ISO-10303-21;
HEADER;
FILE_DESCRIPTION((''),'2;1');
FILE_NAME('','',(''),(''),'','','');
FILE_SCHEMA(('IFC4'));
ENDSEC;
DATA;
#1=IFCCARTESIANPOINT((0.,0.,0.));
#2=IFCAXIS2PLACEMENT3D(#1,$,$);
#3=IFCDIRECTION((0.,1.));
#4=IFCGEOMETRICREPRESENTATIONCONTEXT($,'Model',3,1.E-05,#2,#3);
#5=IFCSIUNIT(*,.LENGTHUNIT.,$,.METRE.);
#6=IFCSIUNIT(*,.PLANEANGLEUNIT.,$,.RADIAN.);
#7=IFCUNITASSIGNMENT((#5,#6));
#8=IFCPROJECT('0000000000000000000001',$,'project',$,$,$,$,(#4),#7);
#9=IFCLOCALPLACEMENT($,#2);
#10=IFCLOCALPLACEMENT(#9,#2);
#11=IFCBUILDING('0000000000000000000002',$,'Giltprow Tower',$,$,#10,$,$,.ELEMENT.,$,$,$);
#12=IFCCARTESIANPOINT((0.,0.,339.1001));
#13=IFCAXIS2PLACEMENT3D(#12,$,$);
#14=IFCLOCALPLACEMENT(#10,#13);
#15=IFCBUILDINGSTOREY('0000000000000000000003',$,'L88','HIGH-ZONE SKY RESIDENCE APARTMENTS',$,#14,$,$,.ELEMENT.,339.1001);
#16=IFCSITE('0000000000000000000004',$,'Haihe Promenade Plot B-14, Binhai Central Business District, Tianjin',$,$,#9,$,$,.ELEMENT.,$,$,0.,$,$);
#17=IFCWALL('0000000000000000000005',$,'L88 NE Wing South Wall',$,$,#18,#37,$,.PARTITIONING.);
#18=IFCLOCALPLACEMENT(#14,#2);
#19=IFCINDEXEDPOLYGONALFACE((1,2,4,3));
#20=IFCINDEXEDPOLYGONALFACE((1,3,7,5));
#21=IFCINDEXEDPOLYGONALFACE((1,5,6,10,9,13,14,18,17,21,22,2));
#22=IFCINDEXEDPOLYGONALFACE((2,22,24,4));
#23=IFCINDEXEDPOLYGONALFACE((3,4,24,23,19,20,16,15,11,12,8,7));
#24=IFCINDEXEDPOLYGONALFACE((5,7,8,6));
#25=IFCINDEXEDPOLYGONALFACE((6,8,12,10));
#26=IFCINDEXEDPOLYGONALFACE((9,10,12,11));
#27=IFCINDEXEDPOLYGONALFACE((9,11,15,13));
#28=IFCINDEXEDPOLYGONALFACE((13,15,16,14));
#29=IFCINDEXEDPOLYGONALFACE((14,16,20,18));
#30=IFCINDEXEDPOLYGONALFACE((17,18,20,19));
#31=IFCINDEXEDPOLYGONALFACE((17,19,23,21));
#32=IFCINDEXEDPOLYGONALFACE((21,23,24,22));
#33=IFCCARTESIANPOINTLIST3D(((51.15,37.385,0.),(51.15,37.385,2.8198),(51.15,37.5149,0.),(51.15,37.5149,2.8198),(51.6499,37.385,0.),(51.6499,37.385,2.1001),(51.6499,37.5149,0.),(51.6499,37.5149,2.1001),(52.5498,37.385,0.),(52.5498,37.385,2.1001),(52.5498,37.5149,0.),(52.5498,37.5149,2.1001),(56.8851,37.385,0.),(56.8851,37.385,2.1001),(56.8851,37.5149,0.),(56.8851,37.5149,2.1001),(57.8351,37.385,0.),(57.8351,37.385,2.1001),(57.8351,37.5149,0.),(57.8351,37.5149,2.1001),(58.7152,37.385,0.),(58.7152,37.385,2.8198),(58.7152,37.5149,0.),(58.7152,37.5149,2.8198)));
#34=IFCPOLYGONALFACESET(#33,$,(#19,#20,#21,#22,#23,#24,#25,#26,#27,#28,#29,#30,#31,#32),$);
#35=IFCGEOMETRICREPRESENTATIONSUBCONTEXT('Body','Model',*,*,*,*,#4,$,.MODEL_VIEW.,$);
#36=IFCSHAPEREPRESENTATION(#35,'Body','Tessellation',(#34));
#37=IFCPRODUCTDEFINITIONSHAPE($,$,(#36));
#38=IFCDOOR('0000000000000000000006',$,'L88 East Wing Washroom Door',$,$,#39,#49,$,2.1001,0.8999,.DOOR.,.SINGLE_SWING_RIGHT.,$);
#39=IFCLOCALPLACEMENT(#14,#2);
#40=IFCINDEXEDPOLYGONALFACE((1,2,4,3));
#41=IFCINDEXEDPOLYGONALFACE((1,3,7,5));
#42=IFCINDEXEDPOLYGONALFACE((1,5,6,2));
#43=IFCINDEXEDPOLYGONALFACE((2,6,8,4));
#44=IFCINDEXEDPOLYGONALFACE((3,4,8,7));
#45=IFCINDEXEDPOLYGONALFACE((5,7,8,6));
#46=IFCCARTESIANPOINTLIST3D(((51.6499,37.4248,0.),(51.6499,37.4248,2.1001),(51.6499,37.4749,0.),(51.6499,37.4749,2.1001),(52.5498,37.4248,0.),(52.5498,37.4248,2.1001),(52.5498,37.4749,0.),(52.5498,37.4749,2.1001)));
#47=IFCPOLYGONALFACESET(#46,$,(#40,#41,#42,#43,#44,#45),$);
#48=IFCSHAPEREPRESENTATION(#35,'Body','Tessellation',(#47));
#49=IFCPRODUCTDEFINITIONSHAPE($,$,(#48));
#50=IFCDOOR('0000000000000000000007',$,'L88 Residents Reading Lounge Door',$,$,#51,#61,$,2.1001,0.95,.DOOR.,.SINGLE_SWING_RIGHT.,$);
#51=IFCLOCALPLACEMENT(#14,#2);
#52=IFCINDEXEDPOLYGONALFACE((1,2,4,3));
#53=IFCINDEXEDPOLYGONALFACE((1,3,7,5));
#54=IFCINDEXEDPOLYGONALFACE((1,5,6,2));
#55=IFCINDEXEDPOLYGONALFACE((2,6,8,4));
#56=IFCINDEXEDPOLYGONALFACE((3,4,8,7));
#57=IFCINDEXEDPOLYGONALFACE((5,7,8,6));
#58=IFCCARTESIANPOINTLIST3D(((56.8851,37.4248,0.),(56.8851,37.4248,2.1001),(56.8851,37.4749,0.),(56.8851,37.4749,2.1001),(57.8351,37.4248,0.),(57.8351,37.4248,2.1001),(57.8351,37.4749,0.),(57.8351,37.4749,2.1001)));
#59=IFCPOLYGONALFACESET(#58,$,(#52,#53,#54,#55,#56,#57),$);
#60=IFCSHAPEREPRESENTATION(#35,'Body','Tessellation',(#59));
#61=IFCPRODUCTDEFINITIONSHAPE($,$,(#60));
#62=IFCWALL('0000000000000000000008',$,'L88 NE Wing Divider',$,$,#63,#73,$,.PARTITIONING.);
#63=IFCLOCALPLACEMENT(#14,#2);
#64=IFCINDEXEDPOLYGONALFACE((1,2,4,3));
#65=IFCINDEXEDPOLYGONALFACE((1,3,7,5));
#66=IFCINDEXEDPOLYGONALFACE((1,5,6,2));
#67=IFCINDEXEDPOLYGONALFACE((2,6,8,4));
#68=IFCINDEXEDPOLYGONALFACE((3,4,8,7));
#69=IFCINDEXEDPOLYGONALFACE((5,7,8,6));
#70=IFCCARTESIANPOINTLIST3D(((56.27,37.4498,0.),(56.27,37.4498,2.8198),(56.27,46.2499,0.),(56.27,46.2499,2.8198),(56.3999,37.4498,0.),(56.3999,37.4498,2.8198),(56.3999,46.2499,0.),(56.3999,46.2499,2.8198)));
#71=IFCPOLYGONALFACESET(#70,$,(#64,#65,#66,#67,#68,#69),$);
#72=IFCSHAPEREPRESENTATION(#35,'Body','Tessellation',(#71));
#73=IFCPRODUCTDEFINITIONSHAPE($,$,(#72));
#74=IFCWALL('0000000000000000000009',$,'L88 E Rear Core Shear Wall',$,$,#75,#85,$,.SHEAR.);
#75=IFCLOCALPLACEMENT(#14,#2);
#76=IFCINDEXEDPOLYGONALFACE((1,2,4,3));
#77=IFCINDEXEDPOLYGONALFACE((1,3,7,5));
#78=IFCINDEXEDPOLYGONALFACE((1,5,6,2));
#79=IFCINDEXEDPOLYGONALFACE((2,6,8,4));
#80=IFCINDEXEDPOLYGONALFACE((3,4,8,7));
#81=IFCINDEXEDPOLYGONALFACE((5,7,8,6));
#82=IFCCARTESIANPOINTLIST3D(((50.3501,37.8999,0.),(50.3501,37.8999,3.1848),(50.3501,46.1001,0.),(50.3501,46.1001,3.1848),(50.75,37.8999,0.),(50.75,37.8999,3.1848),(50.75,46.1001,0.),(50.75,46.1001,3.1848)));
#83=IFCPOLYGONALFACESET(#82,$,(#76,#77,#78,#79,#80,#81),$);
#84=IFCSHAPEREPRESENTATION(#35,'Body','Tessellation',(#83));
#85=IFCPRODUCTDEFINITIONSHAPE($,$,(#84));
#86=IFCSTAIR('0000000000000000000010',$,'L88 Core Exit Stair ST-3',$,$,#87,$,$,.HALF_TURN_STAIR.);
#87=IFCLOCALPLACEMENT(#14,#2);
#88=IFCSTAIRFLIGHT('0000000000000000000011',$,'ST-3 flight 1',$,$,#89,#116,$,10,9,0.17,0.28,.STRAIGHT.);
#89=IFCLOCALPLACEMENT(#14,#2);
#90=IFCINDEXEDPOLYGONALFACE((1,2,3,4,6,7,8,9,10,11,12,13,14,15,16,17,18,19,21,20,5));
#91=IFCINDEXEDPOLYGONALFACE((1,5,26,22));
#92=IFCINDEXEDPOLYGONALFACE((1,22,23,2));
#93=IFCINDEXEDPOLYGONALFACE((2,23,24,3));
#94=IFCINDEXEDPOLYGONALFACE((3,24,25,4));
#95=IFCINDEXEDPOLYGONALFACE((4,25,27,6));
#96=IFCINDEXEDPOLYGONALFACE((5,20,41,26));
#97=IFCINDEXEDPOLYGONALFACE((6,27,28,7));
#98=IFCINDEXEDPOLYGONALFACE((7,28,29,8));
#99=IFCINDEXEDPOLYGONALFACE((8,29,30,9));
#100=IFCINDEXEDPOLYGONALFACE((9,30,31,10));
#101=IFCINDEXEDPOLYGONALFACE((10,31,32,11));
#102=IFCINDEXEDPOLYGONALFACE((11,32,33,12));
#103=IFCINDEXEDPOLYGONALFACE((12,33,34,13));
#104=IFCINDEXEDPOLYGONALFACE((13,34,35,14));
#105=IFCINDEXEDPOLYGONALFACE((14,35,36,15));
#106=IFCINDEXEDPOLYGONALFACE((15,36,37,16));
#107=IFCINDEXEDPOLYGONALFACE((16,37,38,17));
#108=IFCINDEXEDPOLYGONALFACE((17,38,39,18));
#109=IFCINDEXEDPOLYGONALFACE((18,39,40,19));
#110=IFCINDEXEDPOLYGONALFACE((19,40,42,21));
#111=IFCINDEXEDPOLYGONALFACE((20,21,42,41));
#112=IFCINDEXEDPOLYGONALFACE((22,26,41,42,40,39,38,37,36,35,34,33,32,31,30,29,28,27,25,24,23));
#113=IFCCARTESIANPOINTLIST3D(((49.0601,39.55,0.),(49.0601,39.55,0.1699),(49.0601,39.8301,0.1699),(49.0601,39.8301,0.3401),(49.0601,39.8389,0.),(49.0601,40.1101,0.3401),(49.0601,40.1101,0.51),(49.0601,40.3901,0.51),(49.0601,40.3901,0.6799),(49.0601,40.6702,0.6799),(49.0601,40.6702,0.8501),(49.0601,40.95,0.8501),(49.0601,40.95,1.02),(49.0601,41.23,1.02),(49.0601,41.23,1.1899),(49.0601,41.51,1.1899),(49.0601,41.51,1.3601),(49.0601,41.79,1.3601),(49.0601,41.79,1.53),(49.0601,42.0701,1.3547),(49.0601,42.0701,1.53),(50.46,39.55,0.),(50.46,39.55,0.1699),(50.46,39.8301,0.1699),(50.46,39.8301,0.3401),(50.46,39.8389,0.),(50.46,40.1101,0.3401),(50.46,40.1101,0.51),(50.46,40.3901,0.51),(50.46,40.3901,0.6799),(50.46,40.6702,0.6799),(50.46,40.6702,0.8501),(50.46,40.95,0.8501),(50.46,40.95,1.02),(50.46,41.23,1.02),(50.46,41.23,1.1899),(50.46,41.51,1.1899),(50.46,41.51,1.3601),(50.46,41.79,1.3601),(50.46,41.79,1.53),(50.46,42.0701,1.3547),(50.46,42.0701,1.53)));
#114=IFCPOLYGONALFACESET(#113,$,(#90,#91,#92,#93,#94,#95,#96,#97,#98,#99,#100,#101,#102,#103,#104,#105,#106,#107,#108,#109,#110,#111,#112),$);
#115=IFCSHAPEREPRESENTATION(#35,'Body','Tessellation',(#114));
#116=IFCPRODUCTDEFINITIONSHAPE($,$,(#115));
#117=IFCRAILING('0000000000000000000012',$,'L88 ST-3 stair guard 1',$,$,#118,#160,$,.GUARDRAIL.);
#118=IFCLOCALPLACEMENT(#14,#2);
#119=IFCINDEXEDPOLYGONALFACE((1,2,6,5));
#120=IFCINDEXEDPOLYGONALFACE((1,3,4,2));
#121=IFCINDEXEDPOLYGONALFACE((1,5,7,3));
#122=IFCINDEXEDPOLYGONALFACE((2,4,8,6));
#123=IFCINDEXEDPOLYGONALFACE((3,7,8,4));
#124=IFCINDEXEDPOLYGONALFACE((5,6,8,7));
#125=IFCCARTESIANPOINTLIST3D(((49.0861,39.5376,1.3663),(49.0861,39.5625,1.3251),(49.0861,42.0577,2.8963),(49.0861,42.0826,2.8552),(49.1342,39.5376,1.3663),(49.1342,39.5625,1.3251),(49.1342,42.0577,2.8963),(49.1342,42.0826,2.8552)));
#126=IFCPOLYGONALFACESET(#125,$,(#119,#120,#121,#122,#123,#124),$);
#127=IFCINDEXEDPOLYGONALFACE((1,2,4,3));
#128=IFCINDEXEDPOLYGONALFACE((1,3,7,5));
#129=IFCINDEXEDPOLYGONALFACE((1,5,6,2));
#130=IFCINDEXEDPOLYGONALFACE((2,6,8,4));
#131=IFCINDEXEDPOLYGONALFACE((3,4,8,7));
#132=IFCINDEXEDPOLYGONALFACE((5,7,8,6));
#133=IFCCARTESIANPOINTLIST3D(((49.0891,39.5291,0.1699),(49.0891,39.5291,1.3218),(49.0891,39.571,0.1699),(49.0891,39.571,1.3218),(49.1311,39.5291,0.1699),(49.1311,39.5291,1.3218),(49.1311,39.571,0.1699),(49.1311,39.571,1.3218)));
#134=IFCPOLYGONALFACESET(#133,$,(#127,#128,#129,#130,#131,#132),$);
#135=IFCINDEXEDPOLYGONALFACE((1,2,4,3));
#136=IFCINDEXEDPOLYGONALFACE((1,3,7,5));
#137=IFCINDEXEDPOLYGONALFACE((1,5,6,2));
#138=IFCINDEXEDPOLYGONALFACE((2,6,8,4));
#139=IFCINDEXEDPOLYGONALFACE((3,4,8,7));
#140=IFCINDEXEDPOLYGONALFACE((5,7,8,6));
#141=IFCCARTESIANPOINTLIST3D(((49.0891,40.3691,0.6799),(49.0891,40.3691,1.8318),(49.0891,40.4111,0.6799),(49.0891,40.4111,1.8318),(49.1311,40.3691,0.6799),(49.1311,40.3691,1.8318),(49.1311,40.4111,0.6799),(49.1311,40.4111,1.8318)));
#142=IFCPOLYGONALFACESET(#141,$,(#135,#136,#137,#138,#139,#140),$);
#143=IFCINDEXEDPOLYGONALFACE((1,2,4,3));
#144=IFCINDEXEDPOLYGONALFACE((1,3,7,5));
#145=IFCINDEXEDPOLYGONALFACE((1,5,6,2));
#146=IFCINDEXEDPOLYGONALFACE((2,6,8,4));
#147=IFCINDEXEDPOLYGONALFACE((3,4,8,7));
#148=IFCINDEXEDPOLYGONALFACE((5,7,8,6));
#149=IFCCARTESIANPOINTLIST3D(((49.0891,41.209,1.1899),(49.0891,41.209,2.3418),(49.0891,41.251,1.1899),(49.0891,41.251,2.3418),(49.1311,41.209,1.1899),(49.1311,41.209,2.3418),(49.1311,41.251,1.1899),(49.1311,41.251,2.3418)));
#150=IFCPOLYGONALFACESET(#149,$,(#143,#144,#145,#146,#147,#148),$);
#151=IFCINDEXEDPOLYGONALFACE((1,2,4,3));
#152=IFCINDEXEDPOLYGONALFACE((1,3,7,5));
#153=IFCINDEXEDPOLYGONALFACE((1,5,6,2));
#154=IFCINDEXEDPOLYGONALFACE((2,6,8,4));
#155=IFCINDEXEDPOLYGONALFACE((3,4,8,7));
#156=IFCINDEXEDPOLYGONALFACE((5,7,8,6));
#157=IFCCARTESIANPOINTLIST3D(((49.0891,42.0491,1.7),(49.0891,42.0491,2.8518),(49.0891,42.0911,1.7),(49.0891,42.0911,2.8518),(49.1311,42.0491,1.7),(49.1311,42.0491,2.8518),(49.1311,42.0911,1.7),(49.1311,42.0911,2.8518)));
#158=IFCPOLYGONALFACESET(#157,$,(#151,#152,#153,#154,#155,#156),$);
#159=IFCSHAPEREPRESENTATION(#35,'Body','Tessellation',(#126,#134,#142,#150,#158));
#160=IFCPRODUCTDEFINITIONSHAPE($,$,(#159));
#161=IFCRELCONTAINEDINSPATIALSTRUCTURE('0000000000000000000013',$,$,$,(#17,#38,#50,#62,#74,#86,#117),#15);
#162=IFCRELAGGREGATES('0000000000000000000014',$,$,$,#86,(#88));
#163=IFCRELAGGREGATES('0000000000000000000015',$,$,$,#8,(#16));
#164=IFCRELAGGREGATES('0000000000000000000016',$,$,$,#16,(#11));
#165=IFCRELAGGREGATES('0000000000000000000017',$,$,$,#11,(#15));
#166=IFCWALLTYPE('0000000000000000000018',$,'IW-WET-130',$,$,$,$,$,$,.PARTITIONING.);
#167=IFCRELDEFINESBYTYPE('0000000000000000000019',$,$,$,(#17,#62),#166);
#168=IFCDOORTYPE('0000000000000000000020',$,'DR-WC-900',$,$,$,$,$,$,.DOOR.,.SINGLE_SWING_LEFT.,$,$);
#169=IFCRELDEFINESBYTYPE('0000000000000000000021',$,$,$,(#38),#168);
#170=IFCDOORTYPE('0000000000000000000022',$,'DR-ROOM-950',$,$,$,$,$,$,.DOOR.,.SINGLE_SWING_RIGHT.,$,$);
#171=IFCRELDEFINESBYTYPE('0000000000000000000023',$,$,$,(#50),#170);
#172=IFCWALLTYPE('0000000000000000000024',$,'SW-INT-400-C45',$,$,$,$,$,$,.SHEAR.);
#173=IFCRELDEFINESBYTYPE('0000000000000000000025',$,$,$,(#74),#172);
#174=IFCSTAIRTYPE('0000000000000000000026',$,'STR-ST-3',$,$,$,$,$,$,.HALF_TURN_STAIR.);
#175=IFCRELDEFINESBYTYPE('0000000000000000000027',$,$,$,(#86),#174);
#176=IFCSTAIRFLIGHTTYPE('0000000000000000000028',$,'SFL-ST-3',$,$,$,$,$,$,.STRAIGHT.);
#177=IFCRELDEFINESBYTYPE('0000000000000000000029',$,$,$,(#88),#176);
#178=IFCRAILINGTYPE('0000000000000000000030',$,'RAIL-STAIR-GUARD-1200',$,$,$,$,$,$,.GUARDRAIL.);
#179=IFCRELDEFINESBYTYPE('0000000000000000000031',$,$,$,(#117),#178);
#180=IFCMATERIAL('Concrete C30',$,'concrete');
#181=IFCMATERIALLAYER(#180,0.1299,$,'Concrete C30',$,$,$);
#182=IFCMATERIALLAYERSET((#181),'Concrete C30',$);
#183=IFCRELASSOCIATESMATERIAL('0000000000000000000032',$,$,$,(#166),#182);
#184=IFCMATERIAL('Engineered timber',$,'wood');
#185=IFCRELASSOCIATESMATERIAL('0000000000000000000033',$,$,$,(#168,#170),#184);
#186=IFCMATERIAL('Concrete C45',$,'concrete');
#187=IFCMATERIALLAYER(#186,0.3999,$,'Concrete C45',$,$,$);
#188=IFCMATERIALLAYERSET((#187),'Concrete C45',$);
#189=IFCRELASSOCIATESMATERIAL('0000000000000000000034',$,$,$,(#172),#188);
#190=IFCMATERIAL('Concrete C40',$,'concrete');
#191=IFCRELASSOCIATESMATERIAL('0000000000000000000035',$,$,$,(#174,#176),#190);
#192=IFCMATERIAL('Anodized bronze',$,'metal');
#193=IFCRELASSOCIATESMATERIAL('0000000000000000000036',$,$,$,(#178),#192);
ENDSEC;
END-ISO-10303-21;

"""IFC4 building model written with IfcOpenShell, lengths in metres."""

from ifc_helpers import new_model, si_unit, direction, frame, frame_2d, origin, origin_2d, place, context, subcontext, project, spatial, polyline, rectangle, outline, extrude, source, transform, mapped, material, layer, layer_set, type_object, element, fill, aggregate, save


model = new_model("IFC4")

# Units and contexts
model_context = context("Model", 3, precision=1e-05, world=origin(), true_north=direction((0.0, 1.0)))
body_context = subcontext(model_context, "Body", "Model", "MODEL_VIEW")
ifc_project = project(units=[si_unit("LENGTHUNIT", "METRE"), si_unit("PLANEANGLEUNIT", "RADIAN")], contexts=[model_context])

# Site, building, storey
site_placement = place(None, origin())
site = spatial("IfcSite", under=ifc_project, at=site_placement, Name="Haihe Promenade Plot B-14, Binhai Central Business District, Tianjin", CompositionType="ELEMENT", RefElevation=0.0)
building_placement = place(site_placement, origin())
building = spatial("IfcBuilding", under=site, at=building_placement, Name="Giltprow Tower", CompositionType="ELEMENT")
storey_placement = place(building_placement, frame((0.0, 0.0, 339.1001)))
storey = spatial("IfcBuildingStorey", under=building, at=storey_placement, Name="L88", Description="HIGH-ZONE SKY RESIDENCE APARTMENTS", CompositionType="ELEMENT", Elevation=339.1001)

# Shared definitions
ifc_material_1 = material(Name="Concrete C45", Category="concrete")

# Wall, openings, doors
ifc_material_2 = material(Name="Concrete C30", Category="concrete")
ifc_layer_1 = layer(ifc_material_2, 0.1299, Name="Concrete C30")
ifc_layer_set_1 = layer_set([ifc_layer_1], Name="Concrete C30")
wall_type_1 = type_object("IfcWallType", Name="IW-WET-130", PredefinedType="PARTITIONING", material=ifc_layer_set_1)
wall_1_placement = place(storey_placement, frame((51.1499, 37.45, 0.0), z_axis=(0.0, 0.0, 1.0), x_axis=(1.0, 0.0, 0.0)))
wall_1 = element("IfcWall", 1, at=wall_1_placement, inside=storey, type_object=wall_type_1, Name="L88 NE Wing South Wall", PredefinedType="PARTITIONING", context=body_context, shape_type="SweptSolid", body=[
    extrude(rectangle(XDim=7.5652, YDim=0.1299, at=frame_2d((3.7827, 0.0))), origin(), (0.0, 0.0, 1.0), 2.8198),
])
opening_1_placement = place(wall_1_placement, frame((0.5, 0.0, 0.0)))
opening_1 = element("IfcOpeningElement", 2, at=opening_1_placement, cuts=wall_1, PredefinedType="OPENING", context=body_context, shape_type="SweptSolid", body=[
    extrude(rectangle(XDim=0.8999, YDim=2.1001, at=frame_2d((0.45, 1.05))), frame((0.0, 0.075, 0.0), z_axis=(0.0, -1.0, 0.0), x_axis=(1.0, 0.0, 0.0)), (0.0, 0.0, 1.0), 0.1499),
])
opening_2_placement = place(wall_1_placement, frame((5.7351, 0.0, 0.0)))
opening_2 = element("IfcOpeningElement", 3, at=opening_2_placement, cuts=wall_1, PredefinedType="OPENING", context=body_context, shape_type="SweptSolid", body=[
    extrude(rectangle(XDim=0.95, YDim=2.1001, at=frame_2d((0.4751, 1.05))), frame((0.0, 0.075, 0.0), z_axis=(0.0, -1.0, 0.0), x_axis=(1.0, 0.0, 0.0)), (0.0, 0.0, 1.0), 0.1499),
])
ifc_material_3 = material(Name="Engineered timber", Category="wood")
door_type_1 = type_object("IfcDoorType", Name="DR-WC-900", OperationType="SINGLE_SWING_LEFT", PredefinedType="DOOR", material=ifc_material_3)
shared_shape_1 = source(origin(), body_context, "Body", "SweptSolid", [
    extrude(rectangle(XDim=0.8999, YDim=2.1001, at=frame_2d((0.45, 1.05))), frame((0.0, 0.0249, 0.0), z_axis=(0.0, -1.0, 0.0), x_axis=(1.0, 0.0, 0.0)), (0.0, 0.0, 1.0), 0.05),
])
door_1_placement = place(opening_1_placement, origin())
door_1 = element("IfcDoor", 4, at=door_1_placement, inside=storey, type_object=door_type_1, Name="L88 East Wing Washroom Door", OperationType="SINGLE_SWING_RIGHT", OverallHeight=2.1001, OverallWidth=0.8999, PredefinedType="DOOR", context=body_context, shape_type="MappedRepresentation", body=[
    mapped(shared_shape_1, transform((0.0, 0.0, 0.0), x_axis=(1.0, 0.0, 0.0), y_axis=(0.0, 1.0, 0.0), z_axis=(0.0, 0.0, 1.0), scale=1.0)),
])
fill(opening_1, door_1)
door_type_2 = type_object("IfcDoorType", Name="DR-ROOM-950", OperationType="SINGLE_SWING_RIGHT", PredefinedType="DOOR", material=ifc_material_3)
shared_shape_2 = source(origin(), body_context, "Body", "SweptSolid", [
    extrude(rectangle(XDim=0.95, YDim=2.1001, at=frame_2d((0.4751, 1.05))), frame((0.0, 0.0249, 0.0), z_axis=(0.0, -1.0, 0.0), x_axis=(1.0, 0.0, 0.0)), (0.0, 0.0, 1.0), 0.05),
])
door_2_placement = place(opening_2_placement, origin())
door_2 = element("IfcDoor", 5, at=door_2_placement, inside=storey, type_object=door_type_2, Name="L88 Residents Reading Lounge Door", OperationType="SINGLE_SWING_RIGHT", OverallHeight=2.1001, OverallWidth=0.95, PredefinedType="DOOR", context=body_context, shape_type="MappedRepresentation", body=[
    mapped(shared_shape_2, transform((0.0, 0.0, 0.0), x_axis=(1.0, 0.0, 0.0), y_axis=(0.0, 1.0, 0.0), z_axis=(0.0, 0.0, 1.0), scale=1.0)),
])
fill(opening_2, door_2)

# Walls
wall_2_placement = place(storey_placement, frame((56.335, 37.45, 0.0), z_axis=(0.0, 0.0, 1.0), x_axis=(0.0, 1.0, 0.0)))
element("IfcWall", 6, at=wall_2_placement, inside=storey, type_object=wall_type_1, Name="L88 NE Wing Divider", PredefinedType="PARTITIONING", context=body_context, shape_type="SweptSolid", body=[
    extrude(rectangle(XDim=8.8, YDim=0.1299, at=frame_2d((4.3999, 0.0))), origin(), (0.0, 0.0, 1.0), 2.8198),
])
ifc_layer_2 = layer(ifc_material_1, 0.3999, Name="Concrete C45")
ifc_layer_set_2 = layer_set([ifc_layer_2], Name="Concrete C45")
wall_type_2 = type_object("IfcWallType", Name="SW-INT-400-C45", PredefinedType="SHEAR", material=ifc_layer_set_2)
wall_3_placement = place(storey_placement, frame((50.55, 37.8999, 0.0), z_axis=(0.0, 0.0, 1.0), x_axis=(0.0, 1.0, 0.0)))
element("IfcWall", 7, at=wall_3_placement, inside=storey, type_object=wall_type_2, Name="L88 E Rear Core Shear Wall", PredefinedType="SHEAR", context=body_context, shape_type="SweptSolid", body=[
    extrude(rectangle(XDim=8.2002, YDim=0.3999, at=frame_2d((4.1001, 0.0))), origin(), (0.0, 0.0, 1.0), 3.1848),
])

# Stair, stair flight
ifc_material_4 = material(Name="Concrete C40", Category="concrete")
stair_type = type_object("IfcStairType", Name="STR-ST-3", PredefinedType="HALF_TURN_STAIR", material=ifc_material_4)
stair_placement = place(storey_placement, origin())
stair = element("IfcStair", 8, at=stair_placement, inside=storey, type_object=stair_type, Name="L88 Core Exit Stair ST-3", PredefinedType="HALF_TURN_STAIR")
stair_flight_type = type_object("IfcStairFlightType", Name="SFL-ST-3", PredefinedType="STRAIGHT", material=ifc_material_4)
stair_flight_placement = place(storey_placement, frame((49.76, 39.55, 0.0), z_axis=(0.0, 0.0, 1.0), x_axis=(0.0, 1.0, 0.0)))
stair_flight = element("IfcStairFlight", 9, at=stair_flight_placement, type_object=stair_flight_type, Name="ST-3 flight 1", NumberOfRisers=10, NumberOfTreads=9, PredefinedType="STRAIGHT", RiserHeight=0.17, TreadLength=0.28, context=body_context, shape_type="SweptSolid", body=[
    extrude(outline(polyline([(0.0, 0.0), (0.0, 0.1699), (0.28, 0.1699), (0.28, 0.3401), (0.5601, 0.3401), (0.5601, 0.51), (0.8401, 0.51), (0.8401, 0.6799), (1.1201, 0.6799), (1.1201, 0.8501), (1.3999, 0.8501), (1.3999, 1.02), (1.6799, 1.02), (1.6799, 1.1899), (1.96, 1.1899), (1.96, 1.3601), (2.24, 1.3601), (2.24, 1.53), (2.52, 1.53), (2.52, 1.7), (2.52, 1.3547), (0.2888, 0.0), (0.0, 0.0)])), frame((0.0, 0.7, 0.0), z_axis=(0.0, -1.0, 0.0), x_axis=(1.0, 0.0, 0.0)), (0.0, 0.0, 1.0), 1.3999),
])
aggregate(stair, [stair_flight])

# Railing
ifc_material_5 = material(Name="Anodized bronze", Category="metal")
railing_type_1 = type_object("IfcRailingType", Name="RAIL-STAIR-GUARD-1200", PredefinedType="GUARDRAIL", material=ifc_material_5)
railing_1_placement = place(storey_placement, frame((49.1101, 39.55, 0.1699)))
element("IfcRailing", 10, at=railing_1_placement, inside=storey, type_object=railing_type_1, Name="L88 ST-3 stair guard 1", PredefinedType="GUARDRAIL", context=body_context, shape_type="SweptSolid", body=[
    extrude(rectangle(XDim=0.0481, YDim=0.0481, at=origin_2d()), frame((0.0, 0.0, 1.1758), z_axis=(0.0, 0.854785, 0.518982), x_axis=(-1.0, 0.0, 0.0)), (0.0, 0.0, 1.0), 2.9482),
    extrude(rectangle(XDim=0.042, YDim=0.042, at=origin_2d()), origin(), (0.0, 0.0, 1.0), 1.1519),
    extrude(rectangle(XDim=0.042, YDim=0.042, at=origin_2d()), frame((0.0, 0.8401, 0.51)), (0.0, 0.0, 1.0), 1.1519),
    extrude(rectangle(XDim=0.042, YDim=0.042, at=origin_2d()), frame((0.0, 1.6799, 1.02)), (0.0, 0.0, 1.0), 1.1519),
    extrude(rectangle(XDim=0.042, YDim=0.042, at=origin_2d()), frame((0.0, 2.52, 1.53)), (0.0, 0.0, 1.0), 1.1519),
])

save(model, "model.ifc")
